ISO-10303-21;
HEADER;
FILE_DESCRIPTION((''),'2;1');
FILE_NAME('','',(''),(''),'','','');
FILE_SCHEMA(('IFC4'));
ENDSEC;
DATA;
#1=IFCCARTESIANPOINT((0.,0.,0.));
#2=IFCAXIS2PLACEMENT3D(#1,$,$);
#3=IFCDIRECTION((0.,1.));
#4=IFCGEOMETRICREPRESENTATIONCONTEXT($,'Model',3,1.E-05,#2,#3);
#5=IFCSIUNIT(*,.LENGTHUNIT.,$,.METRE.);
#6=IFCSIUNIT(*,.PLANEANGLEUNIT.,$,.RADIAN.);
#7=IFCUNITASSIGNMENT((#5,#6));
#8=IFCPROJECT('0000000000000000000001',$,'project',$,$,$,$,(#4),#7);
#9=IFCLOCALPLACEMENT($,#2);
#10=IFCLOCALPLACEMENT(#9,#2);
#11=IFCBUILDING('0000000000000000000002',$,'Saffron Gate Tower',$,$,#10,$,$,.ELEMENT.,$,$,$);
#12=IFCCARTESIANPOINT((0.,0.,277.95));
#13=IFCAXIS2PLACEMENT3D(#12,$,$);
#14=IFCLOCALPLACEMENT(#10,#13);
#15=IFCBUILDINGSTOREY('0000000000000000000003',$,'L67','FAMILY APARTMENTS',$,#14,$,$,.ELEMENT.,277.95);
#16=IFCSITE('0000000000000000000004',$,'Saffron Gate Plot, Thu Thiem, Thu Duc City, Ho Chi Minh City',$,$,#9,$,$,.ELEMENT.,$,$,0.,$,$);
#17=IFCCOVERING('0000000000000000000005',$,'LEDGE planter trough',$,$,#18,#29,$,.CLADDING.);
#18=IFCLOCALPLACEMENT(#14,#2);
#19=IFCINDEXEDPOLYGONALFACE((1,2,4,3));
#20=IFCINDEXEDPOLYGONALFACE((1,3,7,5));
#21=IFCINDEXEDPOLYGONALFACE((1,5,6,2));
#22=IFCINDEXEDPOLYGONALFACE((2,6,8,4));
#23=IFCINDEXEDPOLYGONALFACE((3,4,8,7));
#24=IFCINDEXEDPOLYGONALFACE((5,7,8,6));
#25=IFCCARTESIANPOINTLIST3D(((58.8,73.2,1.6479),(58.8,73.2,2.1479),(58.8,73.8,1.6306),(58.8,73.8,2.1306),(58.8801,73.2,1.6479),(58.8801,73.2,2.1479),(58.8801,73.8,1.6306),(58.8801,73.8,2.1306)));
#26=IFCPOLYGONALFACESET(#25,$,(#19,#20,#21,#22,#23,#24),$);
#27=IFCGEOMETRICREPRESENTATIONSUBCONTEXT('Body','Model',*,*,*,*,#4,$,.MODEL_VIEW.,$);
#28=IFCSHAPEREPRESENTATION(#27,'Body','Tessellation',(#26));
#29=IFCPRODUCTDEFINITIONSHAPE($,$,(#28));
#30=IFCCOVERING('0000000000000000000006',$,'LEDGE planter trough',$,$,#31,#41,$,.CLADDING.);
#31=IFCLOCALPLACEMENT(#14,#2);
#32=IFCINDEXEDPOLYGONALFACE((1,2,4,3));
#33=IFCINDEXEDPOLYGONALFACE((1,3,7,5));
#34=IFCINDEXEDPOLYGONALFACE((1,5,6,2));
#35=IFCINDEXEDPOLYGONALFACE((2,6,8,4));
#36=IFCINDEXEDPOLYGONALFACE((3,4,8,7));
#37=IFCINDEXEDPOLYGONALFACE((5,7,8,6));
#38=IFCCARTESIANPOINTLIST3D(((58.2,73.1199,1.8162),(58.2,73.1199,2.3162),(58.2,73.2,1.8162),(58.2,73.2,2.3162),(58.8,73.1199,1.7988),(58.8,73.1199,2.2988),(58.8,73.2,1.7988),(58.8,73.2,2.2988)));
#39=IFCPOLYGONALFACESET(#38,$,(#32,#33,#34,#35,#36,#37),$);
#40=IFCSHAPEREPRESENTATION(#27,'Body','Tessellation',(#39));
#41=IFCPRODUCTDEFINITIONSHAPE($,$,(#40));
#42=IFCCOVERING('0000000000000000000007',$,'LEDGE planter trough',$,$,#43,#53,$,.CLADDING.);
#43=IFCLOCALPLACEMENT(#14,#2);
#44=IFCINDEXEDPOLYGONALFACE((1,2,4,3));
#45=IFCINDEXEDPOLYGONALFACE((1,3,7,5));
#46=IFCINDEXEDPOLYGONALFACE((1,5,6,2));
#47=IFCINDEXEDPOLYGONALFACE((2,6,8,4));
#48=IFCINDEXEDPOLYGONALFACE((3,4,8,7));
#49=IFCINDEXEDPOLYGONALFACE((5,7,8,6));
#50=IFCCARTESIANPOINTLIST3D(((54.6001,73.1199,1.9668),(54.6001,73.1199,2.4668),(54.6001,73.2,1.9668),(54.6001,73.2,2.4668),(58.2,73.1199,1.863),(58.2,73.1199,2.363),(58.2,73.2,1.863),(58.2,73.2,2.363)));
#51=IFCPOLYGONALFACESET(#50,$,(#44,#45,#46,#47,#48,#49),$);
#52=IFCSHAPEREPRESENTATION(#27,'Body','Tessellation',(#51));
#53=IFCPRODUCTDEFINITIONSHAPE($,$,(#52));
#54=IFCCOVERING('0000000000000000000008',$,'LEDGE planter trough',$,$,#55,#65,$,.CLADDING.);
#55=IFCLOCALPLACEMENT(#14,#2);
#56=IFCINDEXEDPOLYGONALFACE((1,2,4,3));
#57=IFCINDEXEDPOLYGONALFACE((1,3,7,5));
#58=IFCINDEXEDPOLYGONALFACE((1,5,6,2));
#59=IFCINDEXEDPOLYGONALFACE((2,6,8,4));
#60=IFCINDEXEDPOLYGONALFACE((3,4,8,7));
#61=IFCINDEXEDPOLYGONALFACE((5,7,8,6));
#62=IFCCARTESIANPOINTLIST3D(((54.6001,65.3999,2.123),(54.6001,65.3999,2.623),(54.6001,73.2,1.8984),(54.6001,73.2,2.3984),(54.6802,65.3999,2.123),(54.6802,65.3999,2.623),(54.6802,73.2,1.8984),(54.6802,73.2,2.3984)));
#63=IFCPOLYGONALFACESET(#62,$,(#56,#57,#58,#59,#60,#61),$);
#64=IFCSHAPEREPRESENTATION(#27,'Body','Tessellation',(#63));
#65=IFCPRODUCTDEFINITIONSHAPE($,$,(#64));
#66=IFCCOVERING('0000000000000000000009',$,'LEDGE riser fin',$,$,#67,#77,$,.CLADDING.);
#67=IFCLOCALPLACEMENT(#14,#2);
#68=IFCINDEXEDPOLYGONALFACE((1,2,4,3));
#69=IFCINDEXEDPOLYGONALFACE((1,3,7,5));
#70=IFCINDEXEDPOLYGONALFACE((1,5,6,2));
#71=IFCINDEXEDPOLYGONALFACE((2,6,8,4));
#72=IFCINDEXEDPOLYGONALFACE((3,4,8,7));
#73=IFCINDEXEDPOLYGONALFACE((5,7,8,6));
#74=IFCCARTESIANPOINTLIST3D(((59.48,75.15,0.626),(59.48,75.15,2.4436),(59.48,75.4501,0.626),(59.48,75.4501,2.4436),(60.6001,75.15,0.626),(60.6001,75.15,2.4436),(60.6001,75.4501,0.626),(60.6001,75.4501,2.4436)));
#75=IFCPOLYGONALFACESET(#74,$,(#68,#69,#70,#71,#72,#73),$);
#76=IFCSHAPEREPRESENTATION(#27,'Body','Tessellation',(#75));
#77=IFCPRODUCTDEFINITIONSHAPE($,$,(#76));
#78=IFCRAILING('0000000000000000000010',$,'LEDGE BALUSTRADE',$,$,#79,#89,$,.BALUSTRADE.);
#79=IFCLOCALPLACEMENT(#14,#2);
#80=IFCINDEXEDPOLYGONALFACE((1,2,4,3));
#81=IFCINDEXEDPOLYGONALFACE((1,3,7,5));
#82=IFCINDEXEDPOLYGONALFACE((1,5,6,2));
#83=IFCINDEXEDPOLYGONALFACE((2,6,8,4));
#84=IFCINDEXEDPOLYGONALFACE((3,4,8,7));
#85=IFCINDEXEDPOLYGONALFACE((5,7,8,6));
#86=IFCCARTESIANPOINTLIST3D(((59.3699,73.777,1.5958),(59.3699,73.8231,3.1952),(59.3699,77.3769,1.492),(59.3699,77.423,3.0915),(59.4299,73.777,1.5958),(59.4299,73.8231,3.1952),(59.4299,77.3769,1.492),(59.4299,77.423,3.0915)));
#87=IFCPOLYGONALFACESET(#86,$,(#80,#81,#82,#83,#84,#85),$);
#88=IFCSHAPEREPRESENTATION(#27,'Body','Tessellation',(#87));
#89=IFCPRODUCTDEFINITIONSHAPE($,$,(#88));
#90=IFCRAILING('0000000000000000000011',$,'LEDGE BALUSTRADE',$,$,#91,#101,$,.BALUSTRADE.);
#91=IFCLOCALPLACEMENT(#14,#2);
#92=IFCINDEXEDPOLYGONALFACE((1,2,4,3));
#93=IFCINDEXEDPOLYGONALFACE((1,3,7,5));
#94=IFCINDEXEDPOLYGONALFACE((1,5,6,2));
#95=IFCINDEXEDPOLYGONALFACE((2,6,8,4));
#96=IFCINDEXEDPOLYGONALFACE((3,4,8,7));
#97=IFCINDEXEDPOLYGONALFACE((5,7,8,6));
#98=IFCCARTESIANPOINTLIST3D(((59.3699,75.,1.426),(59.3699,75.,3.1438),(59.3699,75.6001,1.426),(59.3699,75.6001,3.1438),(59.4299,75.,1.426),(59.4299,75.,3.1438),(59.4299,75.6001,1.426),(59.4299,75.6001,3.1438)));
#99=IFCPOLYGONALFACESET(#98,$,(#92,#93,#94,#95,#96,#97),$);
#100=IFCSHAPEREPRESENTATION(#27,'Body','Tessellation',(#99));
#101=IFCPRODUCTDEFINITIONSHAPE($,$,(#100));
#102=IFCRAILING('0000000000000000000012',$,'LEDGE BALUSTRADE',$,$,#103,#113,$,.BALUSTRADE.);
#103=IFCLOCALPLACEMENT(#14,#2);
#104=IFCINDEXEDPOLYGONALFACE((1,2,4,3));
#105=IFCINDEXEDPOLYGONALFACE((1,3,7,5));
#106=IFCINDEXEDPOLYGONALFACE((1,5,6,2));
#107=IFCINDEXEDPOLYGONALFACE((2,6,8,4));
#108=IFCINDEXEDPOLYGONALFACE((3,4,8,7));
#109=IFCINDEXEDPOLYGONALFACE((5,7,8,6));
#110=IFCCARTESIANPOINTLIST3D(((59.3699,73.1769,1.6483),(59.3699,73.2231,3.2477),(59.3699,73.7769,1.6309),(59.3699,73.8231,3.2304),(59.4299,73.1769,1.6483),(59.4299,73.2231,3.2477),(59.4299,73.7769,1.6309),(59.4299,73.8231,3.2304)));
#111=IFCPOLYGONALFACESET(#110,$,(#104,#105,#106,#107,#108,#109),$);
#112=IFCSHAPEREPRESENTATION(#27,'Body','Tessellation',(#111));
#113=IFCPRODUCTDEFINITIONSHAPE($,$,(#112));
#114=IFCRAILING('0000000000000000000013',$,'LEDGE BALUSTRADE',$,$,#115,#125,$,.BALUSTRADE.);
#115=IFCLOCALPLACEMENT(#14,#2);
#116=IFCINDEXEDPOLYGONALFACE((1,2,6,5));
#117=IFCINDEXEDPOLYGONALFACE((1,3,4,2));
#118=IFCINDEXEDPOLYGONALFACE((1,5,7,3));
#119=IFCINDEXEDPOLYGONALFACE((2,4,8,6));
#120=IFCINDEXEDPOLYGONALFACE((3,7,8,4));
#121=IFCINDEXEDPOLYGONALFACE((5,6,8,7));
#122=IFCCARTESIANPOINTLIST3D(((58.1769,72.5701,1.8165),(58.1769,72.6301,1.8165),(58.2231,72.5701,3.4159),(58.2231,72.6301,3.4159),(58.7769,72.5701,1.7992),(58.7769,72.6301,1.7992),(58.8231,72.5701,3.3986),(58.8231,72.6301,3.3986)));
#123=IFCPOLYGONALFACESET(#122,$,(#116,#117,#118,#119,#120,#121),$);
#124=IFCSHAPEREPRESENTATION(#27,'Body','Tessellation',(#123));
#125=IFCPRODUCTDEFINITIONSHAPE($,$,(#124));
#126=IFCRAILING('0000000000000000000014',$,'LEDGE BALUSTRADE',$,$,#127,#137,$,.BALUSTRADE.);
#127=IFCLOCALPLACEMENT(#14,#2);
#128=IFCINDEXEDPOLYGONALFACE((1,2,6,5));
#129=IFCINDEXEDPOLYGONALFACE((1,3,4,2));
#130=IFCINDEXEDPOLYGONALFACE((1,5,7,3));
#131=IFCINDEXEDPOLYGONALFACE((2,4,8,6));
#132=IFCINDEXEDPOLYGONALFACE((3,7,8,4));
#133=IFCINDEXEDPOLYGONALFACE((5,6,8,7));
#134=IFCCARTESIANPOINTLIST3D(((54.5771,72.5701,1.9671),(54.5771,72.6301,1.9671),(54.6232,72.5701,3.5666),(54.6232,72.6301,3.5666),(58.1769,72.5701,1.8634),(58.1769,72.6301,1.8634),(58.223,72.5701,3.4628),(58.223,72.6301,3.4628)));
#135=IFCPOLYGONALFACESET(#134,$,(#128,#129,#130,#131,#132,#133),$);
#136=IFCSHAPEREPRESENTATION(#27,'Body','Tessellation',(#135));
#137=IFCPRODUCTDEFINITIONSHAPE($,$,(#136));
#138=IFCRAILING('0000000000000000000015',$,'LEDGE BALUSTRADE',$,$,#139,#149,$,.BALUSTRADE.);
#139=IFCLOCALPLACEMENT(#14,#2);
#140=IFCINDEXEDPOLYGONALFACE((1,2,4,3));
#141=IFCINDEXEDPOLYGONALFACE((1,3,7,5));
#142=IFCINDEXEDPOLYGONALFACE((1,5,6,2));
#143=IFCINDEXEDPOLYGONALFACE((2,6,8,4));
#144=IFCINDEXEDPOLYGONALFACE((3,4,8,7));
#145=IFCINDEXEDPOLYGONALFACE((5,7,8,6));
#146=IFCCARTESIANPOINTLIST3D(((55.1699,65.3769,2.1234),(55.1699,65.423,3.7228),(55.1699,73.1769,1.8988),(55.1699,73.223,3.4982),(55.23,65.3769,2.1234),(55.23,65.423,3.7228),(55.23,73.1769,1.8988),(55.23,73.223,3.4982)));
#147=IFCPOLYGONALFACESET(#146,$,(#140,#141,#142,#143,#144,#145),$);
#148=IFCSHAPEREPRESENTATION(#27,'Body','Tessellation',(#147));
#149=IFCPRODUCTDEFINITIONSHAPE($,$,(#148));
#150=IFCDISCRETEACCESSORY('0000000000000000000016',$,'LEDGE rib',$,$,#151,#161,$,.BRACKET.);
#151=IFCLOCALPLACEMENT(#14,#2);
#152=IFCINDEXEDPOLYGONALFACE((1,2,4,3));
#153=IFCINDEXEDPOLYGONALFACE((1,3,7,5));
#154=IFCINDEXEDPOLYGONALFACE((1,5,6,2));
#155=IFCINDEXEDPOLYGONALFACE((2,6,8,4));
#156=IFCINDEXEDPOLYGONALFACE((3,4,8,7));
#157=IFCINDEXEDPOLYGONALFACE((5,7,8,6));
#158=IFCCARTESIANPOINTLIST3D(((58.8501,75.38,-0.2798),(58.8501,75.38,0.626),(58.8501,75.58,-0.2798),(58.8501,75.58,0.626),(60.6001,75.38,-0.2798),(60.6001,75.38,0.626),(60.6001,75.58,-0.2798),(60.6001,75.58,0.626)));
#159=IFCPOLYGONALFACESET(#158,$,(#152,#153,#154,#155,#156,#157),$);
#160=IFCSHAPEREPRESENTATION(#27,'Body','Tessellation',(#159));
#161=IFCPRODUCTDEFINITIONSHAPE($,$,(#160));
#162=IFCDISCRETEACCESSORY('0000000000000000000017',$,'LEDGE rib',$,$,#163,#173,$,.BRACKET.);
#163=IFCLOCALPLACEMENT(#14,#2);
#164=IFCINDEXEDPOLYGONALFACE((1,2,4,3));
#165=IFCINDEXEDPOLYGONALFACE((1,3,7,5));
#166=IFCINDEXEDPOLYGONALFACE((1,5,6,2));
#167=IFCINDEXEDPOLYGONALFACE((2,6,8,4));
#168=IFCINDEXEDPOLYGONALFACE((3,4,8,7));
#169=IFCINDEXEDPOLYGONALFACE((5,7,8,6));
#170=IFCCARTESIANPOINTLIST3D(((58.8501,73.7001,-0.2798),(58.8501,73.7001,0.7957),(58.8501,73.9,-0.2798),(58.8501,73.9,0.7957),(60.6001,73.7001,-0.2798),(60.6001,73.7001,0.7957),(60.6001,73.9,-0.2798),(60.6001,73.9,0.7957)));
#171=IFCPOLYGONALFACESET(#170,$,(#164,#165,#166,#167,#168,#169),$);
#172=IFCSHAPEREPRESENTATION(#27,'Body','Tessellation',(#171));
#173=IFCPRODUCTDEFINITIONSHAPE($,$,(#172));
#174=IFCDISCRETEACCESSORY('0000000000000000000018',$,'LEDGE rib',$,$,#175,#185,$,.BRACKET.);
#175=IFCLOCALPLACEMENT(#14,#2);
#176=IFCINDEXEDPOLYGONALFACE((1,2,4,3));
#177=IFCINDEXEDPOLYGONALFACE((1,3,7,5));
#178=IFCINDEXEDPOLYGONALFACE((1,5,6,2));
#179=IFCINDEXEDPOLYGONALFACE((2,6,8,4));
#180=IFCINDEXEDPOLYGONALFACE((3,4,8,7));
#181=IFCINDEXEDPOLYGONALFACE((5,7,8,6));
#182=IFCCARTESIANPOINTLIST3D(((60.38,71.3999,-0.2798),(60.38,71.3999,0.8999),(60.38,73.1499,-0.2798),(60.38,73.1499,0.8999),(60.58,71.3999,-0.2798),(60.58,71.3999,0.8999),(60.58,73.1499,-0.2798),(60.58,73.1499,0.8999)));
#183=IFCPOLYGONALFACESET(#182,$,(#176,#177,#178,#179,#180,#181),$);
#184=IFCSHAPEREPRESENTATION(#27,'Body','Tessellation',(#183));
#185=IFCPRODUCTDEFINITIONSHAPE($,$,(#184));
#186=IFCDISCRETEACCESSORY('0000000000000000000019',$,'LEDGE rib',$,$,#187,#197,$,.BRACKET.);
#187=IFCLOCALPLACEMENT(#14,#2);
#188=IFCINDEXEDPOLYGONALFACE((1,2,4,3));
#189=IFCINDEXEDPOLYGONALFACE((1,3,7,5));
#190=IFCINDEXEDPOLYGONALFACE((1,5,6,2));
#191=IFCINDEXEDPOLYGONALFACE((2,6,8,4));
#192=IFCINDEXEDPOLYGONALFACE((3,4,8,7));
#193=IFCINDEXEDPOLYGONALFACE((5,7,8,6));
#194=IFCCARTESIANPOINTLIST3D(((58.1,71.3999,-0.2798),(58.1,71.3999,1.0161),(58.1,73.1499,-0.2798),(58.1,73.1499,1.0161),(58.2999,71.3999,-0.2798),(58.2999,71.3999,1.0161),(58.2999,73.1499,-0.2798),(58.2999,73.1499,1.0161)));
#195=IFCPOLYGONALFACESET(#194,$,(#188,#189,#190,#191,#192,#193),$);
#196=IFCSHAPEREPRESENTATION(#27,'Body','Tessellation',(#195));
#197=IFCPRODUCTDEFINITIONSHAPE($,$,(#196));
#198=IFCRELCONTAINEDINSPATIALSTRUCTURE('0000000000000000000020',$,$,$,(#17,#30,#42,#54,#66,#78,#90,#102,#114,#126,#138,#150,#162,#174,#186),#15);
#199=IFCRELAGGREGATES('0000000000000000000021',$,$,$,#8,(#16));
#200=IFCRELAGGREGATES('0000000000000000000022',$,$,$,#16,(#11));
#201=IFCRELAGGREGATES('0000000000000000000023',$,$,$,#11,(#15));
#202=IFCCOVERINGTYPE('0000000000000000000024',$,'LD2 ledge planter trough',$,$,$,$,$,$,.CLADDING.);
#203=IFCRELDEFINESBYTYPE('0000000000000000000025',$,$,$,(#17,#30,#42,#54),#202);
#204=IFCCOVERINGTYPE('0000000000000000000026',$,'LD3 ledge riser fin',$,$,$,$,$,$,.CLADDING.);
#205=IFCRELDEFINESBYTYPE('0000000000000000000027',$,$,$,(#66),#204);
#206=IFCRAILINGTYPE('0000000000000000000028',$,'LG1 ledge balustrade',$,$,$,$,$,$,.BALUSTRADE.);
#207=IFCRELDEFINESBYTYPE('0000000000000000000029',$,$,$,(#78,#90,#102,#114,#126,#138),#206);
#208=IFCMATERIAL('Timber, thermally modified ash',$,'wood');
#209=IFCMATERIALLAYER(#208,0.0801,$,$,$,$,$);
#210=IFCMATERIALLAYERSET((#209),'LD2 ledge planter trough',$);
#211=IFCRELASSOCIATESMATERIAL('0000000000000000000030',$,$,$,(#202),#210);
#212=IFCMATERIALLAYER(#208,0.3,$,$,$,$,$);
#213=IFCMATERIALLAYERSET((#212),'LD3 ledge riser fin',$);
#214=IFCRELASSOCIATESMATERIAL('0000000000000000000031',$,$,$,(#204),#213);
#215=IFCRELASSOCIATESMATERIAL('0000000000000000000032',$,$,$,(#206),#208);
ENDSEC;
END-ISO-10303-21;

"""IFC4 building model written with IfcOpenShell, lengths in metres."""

from ifc_helpers import new_model, si_unit, direction, frame, origin, origin_2d, place, context, subcontext, project, spatial, polyline, rectangle, outline, extrude, material, layer, layer_set, type_object, element, save


model = new_model("IFC4")

# Units and contexts
model_context = context("Model", 3, precision=1e-05, world=origin(), true_north=direction((0.0, 1.0)))
body_context = subcontext(model_context, "Body", "Model", "MODEL_VIEW")
ifc_project = project(units=[si_unit("LENGTHUNIT", "METRE"), si_unit("PLANEANGLEUNIT", "RADIAN")], contexts=[model_context])

# Site, building, storey
site_placement = place(None, origin())
site = spatial("IfcSite", under=ifc_project, at=site_placement, Name="Saffron Gate Plot, Thu Thiem, Thu Duc City, Ho Chi Minh City", CompositionType="ELEMENT", RefElevation=0.0)
building_placement = place(site_placement, origin())
building = spatial("IfcBuilding", under=site, at=building_placement, Name="Saffron Gate Tower", CompositionType="ELEMENT")
storey_placement = place(building_placement, frame((0.0, 0.0, 277.95)))
storey = spatial("IfcBuildingStorey", under=building, at=storey_placement, Name="L67", Description="FAMILY APARTMENTS", CompositionType="ELEMENT", Elevation=277.95)

# Coverings
ifc_material_1 = material(Name="Timber, thermally modified ash", Category="wood")
ifc_layer_1 = layer(ifc_material_1, 0.0801)
ifc_layer_set_1 = layer_set([ifc_layer_1], Name="LD2 ledge planter trough")
covering_type_1 = type_object("IfcCoveringType", Name="LD2 ledge planter trough", PredefinedType="CLADDING", material=ifc_layer_set_1)
for number, where, z_axis, x_axis, name in (
    (1, (58.8, 73.8, 1.6306), (-1.0, 0.0, 0.0), (0.0, -0.999583, 0.028873), "LEDGE planter trough"),
    (2, (58.8, 73.2, 1.7988), (0.0, 1.0, 0.0), (-0.999583, 0.0, 0.028873), "LEDGE planter trough"),
):
    element("IfcCovering", number, at=place(storey_placement, frame(where, z_axis=z_axis, x_axis=x_axis)), inside=storey, type_object=covering_type_1, Name=name, PredefinedType="CLADDING", context=body_context, shape_type="SweptSolid", body=[
        extrude(outline(polyline([(0.0, 0.0), (0.6003, 0.0), (0.6148, 0.4998), (0.0144, 0.4998), (0.0, 0.0)])), origin(), (0.0, 0.0, -1.0), 0.0801),
    ])
covering_1_placement = place(storey_placement, frame((58.2, 73.2, 1.863), z_axis=(0.0, 1.0, 0.0), x_axis=(-0.999585, 0.0, 0.028811)))
element("IfcCovering", 3, at=covering_1_placement, inside=storey, type_object=covering_type_1, Name="LEDGE planter trough", PredefinedType="CLADDING", context=body_context, shape_type="SweptSolid", body=[
    extrude(outline(polyline([(0.0, 0.0), (3.6013, 0.0), (3.6158, 0.4998), (0.0144, 0.4998), (0.0, 0.0)])), origin(), (0.0, 0.0, -1.0), 0.0801),
])
covering_2_placement = place(storey_placement, frame((54.6001, 73.2, 1.8984), z_axis=(-1.0, 0.0, 0.0), x_axis=(0.0, -0.999586, 0.028784)))
element("IfcCovering", 4, at=covering_2_placement, inside=storey, type_object=covering_type_1, Name="LEDGE planter trough", PredefinedType="CLADDING", context=body_context, shape_type="SweptSolid", body=[
    extrude(outline(polyline([(0.0, 0.0), (7.8033, 0.0), (7.8177, 0.4998), (0.0144, 0.4998), (0.0, 0.0)])), origin(), (0.0, 0.0, -1.0), 0.0801),
])
ifc_layer_2 = layer(ifc_material_1, 0.3)
ifc_layer_set_2 = layer_set([ifc_layer_2], Name="LD3 ledge riser fin")
covering_type_2 = type_object("IfcCoveringType", Name="LD3 ledge riser fin", PredefinedType="CLADDING", material=ifc_layer_set_2)
covering_3_placement = place(storey_placement, frame((60.04, 75.3, 0.626), z_axis=(0.0, 0.0, 1.0), x_axis=(0.0, -1.0, 0.0)))
element("IfcCovering", 5, at=covering_3_placement, inside=storey, type_object=covering_type_2, Name="LEDGE riser fin", PredefinedType="CLADDING", context=body_context, shape_type="SweptSolid", body=[
    extrude(rectangle(XDim=0.3, YDim=1.1201, at=origin_2d()), origin(), (0.0, 0.0, 1.0), 1.8176),
])

# Railings
railing_type = type_object("IfcRailingType", Name="LG1 ledge balustrade", PredefinedType="BALUSTRADE", material=ifc_material_1)
railing_1_placement = place(storey_placement, frame((59.3999, 77.3999, 1.4917)))
element("IfcRailing", 6, at=railing_1_placement, inside=storey, type_object=railing_type, Name="LEDGE BALUSTRADE", PredefinedType="BALUSTRADE", context=body_context, shape_type="SweptSolid", body=[
    extrude(rectangle(XDim=0.0601, YDim=1.6001, at=origin_2d()), frame((0.0, 0.0, 0.8), z_axis=(0.0, -0.999585, 0.028811), x_axis=(1.0, 0.0, 0.0)), (0.0, 0.0, 1.0), 3.6013),
])
railing_2_placement = place(storey_placement, frame((59.3999, 75.6001, 1.426)))
element("IfcRailing", 7, at=railing_2_placement, inside=storey, type_object=railing_type, Name="LEDGE BALUSTRADE", PredefinedType="BALUSTRADE", context=body_context, shape_type="SweptSolid", body=[
    extrude(rectangle(XDim=0.0601, YDim=1.7178, at=origin_2d()), frame((0.0, 0.0, 0.8589), z_axis=(0.0, -1.0, 0.0), x_axis=(1.0, 0.0, 0.0)), (0.0, 0.0, 1.0), 0.6001),
])
railing_3_placement = place(storey_placement, frame((59.3999, 73.8, 1.6306)))
element("IfcRailing", 8, at=railing_3_placement, inside=storey, type_object=railing_type, Name="LEDGE BALUSTRADE", PredefinedType="BALUSTRADE", context=body_context, shape_type="SweptSolid", body=[
    extrude(rectangle(XDim=0.0601, YDim=1.6001, at=origin_2d()), frame((0.0, 0.0, 0.8), z_axis=(0.0, -0.999583, 0.028873), x_axis=(1.0, 0.0, 0.0)), (0.0, 0.0, 1.0), 0.6003),
])
railing_4_placement = place(storey_placement, frame((58.8, 72.6001, 1.7988)))
element("IfcRailing", 9, at=railing_4_placement, inside=storey, type_object=railing_type, Name="LEDGE BALUSTRADE", PredefinedType="BALUSTRADE", context=body_context, shape_type="SweptSolid", body=[
    extrude(rectangle(XDim=0.0601, YDim=1.6001, at=origin_2d()), frame((0.0, 0.0, 0.8), z_axis=(-0.999583, 0.0, 0.028873), x_axis=(0.0, -1.0, 0.0)), (0.0, 0.0, 1.0), 0.6003),
])
railing_5_placement = place(storey_placement, frame((58.2, 72.6001, 1.863)))
element("IfcRailing", 10, at=railing_5_placement, inside=storey, type_object=railing_type, Name="LEDGE BALUSTRADE", PredefinedType="BALUSTRADE", context=body_context, shape_type="SweptSolid", body=[
    extrude(rectangle(XDim=0.0601, YDim=1.6001, at=origin_2d()), frame((0.0, 0.0, 0.8), z_axis=(-0.999585, 0.0, 0.028811), x_axis=(0.0, -1.0, 0.0)), (0.0, 0.0, 1.0), 3.6013),
])
railing_6_placement = place(storey_placement, frame((55.2, 73.2, 1.8984)))
element("IfcRailing", 11, at=railing_6_placement, inside=storey, type_object=railing_type, Name="LEDGE BALUSTRADE", PredefinedType="BALUSTRADE", context=body_context, shape_type="SweptSolid", body=[
    extrude(rectangle(XDim=0.0601, YDim=1.6001, at=origin_2d()), frame((0.0, 0.0, 0.8), z_axis=(0.0, -0.999586, 0.028784), x_axis=(1.0, 0.0, 0.0)), (0.0, 0.0, 1.0), 7.8032),
])

# Discrete accessories
discrete_accessory_1_placement = place(storey_placement, frame((59.7251, 75.48, -0.2798), z_axis=(0.0, 0.0, 1.0), x_axis=(0.0, -1.0, 0.0)))
element("IfcDiscreteAccessory", 12, at=discrete_accessory_1_placement, inside=storey, Name="LEDGE rib", PredefinedType="BRACKET", context=body_context, shape_type="SweptSolid", body=[
    extrude(rectangle(XDim=0.2, YDim=1.75, at=origin_2d()), origin(), (0.0, 0.0, 1.0), 0.9058),
])
discrete_accessory_2_placement = place(storey_placement, frame((59.7251, 73.8, -0.2798), z_axis=(0.0, 0.0, 1.0), x_axis=(0.0, -1.0, 0.0)))
element("IfcDiscreteAccessory", 13, at=discrete_accessory_2_placement, inside=storey, Name="LEDGE rib", PredefinedType="BRACKET", context=body_context, shape_type="SweptSolid", body=[
    extrude(rectangle(XDim=0.2, YDim=1.75, at=origin_2d()), origin(), (0.0, 0.0, 1.0), 1.0754),
])
discrete_accessory_3_placement = place(storey_placement, frame((60.48, 72.2749, -0.2798), z_axis=(0.0, 0.0, 1.0), x_axis=(-1.0, 0.0, 0.0)))
element("IfcDiscreteAccessory", 14, at=discrete_accessory_3_placement, inside=storey, Name="LEDGE rib", PredefinedType="BRACKET", context=body_context, shape_type="SweptSolid", body=[
    extrude(rectangle(XDim=0.2, YDim=1.75, at=origin_2d()), origin(), (0.0, 0.0, 1.0), 1.1797),
])
discrete_accessory_4_placement = place(storey_placement, frame((58.2, 72.2749, -0.2798), z_axis=(0.0, 0.0, 1.0), x_axis=(-1.0, 0.0, 0.0)))
element("IfcDiscreteAccessory", 15, at=discrete_accessory_4_placement, inside=storey, Name="LEDGE rib", PredefinedType="BRACKET", context=body_context, shape_type="SweptSolid", body=[
    extrude(rectangle(XDim=0.2, YDim=1.75, at=origin_2d()), origin(), (0.0, 0.0, 1.0), 1.2959),
])

save(model, "model.ifc")
